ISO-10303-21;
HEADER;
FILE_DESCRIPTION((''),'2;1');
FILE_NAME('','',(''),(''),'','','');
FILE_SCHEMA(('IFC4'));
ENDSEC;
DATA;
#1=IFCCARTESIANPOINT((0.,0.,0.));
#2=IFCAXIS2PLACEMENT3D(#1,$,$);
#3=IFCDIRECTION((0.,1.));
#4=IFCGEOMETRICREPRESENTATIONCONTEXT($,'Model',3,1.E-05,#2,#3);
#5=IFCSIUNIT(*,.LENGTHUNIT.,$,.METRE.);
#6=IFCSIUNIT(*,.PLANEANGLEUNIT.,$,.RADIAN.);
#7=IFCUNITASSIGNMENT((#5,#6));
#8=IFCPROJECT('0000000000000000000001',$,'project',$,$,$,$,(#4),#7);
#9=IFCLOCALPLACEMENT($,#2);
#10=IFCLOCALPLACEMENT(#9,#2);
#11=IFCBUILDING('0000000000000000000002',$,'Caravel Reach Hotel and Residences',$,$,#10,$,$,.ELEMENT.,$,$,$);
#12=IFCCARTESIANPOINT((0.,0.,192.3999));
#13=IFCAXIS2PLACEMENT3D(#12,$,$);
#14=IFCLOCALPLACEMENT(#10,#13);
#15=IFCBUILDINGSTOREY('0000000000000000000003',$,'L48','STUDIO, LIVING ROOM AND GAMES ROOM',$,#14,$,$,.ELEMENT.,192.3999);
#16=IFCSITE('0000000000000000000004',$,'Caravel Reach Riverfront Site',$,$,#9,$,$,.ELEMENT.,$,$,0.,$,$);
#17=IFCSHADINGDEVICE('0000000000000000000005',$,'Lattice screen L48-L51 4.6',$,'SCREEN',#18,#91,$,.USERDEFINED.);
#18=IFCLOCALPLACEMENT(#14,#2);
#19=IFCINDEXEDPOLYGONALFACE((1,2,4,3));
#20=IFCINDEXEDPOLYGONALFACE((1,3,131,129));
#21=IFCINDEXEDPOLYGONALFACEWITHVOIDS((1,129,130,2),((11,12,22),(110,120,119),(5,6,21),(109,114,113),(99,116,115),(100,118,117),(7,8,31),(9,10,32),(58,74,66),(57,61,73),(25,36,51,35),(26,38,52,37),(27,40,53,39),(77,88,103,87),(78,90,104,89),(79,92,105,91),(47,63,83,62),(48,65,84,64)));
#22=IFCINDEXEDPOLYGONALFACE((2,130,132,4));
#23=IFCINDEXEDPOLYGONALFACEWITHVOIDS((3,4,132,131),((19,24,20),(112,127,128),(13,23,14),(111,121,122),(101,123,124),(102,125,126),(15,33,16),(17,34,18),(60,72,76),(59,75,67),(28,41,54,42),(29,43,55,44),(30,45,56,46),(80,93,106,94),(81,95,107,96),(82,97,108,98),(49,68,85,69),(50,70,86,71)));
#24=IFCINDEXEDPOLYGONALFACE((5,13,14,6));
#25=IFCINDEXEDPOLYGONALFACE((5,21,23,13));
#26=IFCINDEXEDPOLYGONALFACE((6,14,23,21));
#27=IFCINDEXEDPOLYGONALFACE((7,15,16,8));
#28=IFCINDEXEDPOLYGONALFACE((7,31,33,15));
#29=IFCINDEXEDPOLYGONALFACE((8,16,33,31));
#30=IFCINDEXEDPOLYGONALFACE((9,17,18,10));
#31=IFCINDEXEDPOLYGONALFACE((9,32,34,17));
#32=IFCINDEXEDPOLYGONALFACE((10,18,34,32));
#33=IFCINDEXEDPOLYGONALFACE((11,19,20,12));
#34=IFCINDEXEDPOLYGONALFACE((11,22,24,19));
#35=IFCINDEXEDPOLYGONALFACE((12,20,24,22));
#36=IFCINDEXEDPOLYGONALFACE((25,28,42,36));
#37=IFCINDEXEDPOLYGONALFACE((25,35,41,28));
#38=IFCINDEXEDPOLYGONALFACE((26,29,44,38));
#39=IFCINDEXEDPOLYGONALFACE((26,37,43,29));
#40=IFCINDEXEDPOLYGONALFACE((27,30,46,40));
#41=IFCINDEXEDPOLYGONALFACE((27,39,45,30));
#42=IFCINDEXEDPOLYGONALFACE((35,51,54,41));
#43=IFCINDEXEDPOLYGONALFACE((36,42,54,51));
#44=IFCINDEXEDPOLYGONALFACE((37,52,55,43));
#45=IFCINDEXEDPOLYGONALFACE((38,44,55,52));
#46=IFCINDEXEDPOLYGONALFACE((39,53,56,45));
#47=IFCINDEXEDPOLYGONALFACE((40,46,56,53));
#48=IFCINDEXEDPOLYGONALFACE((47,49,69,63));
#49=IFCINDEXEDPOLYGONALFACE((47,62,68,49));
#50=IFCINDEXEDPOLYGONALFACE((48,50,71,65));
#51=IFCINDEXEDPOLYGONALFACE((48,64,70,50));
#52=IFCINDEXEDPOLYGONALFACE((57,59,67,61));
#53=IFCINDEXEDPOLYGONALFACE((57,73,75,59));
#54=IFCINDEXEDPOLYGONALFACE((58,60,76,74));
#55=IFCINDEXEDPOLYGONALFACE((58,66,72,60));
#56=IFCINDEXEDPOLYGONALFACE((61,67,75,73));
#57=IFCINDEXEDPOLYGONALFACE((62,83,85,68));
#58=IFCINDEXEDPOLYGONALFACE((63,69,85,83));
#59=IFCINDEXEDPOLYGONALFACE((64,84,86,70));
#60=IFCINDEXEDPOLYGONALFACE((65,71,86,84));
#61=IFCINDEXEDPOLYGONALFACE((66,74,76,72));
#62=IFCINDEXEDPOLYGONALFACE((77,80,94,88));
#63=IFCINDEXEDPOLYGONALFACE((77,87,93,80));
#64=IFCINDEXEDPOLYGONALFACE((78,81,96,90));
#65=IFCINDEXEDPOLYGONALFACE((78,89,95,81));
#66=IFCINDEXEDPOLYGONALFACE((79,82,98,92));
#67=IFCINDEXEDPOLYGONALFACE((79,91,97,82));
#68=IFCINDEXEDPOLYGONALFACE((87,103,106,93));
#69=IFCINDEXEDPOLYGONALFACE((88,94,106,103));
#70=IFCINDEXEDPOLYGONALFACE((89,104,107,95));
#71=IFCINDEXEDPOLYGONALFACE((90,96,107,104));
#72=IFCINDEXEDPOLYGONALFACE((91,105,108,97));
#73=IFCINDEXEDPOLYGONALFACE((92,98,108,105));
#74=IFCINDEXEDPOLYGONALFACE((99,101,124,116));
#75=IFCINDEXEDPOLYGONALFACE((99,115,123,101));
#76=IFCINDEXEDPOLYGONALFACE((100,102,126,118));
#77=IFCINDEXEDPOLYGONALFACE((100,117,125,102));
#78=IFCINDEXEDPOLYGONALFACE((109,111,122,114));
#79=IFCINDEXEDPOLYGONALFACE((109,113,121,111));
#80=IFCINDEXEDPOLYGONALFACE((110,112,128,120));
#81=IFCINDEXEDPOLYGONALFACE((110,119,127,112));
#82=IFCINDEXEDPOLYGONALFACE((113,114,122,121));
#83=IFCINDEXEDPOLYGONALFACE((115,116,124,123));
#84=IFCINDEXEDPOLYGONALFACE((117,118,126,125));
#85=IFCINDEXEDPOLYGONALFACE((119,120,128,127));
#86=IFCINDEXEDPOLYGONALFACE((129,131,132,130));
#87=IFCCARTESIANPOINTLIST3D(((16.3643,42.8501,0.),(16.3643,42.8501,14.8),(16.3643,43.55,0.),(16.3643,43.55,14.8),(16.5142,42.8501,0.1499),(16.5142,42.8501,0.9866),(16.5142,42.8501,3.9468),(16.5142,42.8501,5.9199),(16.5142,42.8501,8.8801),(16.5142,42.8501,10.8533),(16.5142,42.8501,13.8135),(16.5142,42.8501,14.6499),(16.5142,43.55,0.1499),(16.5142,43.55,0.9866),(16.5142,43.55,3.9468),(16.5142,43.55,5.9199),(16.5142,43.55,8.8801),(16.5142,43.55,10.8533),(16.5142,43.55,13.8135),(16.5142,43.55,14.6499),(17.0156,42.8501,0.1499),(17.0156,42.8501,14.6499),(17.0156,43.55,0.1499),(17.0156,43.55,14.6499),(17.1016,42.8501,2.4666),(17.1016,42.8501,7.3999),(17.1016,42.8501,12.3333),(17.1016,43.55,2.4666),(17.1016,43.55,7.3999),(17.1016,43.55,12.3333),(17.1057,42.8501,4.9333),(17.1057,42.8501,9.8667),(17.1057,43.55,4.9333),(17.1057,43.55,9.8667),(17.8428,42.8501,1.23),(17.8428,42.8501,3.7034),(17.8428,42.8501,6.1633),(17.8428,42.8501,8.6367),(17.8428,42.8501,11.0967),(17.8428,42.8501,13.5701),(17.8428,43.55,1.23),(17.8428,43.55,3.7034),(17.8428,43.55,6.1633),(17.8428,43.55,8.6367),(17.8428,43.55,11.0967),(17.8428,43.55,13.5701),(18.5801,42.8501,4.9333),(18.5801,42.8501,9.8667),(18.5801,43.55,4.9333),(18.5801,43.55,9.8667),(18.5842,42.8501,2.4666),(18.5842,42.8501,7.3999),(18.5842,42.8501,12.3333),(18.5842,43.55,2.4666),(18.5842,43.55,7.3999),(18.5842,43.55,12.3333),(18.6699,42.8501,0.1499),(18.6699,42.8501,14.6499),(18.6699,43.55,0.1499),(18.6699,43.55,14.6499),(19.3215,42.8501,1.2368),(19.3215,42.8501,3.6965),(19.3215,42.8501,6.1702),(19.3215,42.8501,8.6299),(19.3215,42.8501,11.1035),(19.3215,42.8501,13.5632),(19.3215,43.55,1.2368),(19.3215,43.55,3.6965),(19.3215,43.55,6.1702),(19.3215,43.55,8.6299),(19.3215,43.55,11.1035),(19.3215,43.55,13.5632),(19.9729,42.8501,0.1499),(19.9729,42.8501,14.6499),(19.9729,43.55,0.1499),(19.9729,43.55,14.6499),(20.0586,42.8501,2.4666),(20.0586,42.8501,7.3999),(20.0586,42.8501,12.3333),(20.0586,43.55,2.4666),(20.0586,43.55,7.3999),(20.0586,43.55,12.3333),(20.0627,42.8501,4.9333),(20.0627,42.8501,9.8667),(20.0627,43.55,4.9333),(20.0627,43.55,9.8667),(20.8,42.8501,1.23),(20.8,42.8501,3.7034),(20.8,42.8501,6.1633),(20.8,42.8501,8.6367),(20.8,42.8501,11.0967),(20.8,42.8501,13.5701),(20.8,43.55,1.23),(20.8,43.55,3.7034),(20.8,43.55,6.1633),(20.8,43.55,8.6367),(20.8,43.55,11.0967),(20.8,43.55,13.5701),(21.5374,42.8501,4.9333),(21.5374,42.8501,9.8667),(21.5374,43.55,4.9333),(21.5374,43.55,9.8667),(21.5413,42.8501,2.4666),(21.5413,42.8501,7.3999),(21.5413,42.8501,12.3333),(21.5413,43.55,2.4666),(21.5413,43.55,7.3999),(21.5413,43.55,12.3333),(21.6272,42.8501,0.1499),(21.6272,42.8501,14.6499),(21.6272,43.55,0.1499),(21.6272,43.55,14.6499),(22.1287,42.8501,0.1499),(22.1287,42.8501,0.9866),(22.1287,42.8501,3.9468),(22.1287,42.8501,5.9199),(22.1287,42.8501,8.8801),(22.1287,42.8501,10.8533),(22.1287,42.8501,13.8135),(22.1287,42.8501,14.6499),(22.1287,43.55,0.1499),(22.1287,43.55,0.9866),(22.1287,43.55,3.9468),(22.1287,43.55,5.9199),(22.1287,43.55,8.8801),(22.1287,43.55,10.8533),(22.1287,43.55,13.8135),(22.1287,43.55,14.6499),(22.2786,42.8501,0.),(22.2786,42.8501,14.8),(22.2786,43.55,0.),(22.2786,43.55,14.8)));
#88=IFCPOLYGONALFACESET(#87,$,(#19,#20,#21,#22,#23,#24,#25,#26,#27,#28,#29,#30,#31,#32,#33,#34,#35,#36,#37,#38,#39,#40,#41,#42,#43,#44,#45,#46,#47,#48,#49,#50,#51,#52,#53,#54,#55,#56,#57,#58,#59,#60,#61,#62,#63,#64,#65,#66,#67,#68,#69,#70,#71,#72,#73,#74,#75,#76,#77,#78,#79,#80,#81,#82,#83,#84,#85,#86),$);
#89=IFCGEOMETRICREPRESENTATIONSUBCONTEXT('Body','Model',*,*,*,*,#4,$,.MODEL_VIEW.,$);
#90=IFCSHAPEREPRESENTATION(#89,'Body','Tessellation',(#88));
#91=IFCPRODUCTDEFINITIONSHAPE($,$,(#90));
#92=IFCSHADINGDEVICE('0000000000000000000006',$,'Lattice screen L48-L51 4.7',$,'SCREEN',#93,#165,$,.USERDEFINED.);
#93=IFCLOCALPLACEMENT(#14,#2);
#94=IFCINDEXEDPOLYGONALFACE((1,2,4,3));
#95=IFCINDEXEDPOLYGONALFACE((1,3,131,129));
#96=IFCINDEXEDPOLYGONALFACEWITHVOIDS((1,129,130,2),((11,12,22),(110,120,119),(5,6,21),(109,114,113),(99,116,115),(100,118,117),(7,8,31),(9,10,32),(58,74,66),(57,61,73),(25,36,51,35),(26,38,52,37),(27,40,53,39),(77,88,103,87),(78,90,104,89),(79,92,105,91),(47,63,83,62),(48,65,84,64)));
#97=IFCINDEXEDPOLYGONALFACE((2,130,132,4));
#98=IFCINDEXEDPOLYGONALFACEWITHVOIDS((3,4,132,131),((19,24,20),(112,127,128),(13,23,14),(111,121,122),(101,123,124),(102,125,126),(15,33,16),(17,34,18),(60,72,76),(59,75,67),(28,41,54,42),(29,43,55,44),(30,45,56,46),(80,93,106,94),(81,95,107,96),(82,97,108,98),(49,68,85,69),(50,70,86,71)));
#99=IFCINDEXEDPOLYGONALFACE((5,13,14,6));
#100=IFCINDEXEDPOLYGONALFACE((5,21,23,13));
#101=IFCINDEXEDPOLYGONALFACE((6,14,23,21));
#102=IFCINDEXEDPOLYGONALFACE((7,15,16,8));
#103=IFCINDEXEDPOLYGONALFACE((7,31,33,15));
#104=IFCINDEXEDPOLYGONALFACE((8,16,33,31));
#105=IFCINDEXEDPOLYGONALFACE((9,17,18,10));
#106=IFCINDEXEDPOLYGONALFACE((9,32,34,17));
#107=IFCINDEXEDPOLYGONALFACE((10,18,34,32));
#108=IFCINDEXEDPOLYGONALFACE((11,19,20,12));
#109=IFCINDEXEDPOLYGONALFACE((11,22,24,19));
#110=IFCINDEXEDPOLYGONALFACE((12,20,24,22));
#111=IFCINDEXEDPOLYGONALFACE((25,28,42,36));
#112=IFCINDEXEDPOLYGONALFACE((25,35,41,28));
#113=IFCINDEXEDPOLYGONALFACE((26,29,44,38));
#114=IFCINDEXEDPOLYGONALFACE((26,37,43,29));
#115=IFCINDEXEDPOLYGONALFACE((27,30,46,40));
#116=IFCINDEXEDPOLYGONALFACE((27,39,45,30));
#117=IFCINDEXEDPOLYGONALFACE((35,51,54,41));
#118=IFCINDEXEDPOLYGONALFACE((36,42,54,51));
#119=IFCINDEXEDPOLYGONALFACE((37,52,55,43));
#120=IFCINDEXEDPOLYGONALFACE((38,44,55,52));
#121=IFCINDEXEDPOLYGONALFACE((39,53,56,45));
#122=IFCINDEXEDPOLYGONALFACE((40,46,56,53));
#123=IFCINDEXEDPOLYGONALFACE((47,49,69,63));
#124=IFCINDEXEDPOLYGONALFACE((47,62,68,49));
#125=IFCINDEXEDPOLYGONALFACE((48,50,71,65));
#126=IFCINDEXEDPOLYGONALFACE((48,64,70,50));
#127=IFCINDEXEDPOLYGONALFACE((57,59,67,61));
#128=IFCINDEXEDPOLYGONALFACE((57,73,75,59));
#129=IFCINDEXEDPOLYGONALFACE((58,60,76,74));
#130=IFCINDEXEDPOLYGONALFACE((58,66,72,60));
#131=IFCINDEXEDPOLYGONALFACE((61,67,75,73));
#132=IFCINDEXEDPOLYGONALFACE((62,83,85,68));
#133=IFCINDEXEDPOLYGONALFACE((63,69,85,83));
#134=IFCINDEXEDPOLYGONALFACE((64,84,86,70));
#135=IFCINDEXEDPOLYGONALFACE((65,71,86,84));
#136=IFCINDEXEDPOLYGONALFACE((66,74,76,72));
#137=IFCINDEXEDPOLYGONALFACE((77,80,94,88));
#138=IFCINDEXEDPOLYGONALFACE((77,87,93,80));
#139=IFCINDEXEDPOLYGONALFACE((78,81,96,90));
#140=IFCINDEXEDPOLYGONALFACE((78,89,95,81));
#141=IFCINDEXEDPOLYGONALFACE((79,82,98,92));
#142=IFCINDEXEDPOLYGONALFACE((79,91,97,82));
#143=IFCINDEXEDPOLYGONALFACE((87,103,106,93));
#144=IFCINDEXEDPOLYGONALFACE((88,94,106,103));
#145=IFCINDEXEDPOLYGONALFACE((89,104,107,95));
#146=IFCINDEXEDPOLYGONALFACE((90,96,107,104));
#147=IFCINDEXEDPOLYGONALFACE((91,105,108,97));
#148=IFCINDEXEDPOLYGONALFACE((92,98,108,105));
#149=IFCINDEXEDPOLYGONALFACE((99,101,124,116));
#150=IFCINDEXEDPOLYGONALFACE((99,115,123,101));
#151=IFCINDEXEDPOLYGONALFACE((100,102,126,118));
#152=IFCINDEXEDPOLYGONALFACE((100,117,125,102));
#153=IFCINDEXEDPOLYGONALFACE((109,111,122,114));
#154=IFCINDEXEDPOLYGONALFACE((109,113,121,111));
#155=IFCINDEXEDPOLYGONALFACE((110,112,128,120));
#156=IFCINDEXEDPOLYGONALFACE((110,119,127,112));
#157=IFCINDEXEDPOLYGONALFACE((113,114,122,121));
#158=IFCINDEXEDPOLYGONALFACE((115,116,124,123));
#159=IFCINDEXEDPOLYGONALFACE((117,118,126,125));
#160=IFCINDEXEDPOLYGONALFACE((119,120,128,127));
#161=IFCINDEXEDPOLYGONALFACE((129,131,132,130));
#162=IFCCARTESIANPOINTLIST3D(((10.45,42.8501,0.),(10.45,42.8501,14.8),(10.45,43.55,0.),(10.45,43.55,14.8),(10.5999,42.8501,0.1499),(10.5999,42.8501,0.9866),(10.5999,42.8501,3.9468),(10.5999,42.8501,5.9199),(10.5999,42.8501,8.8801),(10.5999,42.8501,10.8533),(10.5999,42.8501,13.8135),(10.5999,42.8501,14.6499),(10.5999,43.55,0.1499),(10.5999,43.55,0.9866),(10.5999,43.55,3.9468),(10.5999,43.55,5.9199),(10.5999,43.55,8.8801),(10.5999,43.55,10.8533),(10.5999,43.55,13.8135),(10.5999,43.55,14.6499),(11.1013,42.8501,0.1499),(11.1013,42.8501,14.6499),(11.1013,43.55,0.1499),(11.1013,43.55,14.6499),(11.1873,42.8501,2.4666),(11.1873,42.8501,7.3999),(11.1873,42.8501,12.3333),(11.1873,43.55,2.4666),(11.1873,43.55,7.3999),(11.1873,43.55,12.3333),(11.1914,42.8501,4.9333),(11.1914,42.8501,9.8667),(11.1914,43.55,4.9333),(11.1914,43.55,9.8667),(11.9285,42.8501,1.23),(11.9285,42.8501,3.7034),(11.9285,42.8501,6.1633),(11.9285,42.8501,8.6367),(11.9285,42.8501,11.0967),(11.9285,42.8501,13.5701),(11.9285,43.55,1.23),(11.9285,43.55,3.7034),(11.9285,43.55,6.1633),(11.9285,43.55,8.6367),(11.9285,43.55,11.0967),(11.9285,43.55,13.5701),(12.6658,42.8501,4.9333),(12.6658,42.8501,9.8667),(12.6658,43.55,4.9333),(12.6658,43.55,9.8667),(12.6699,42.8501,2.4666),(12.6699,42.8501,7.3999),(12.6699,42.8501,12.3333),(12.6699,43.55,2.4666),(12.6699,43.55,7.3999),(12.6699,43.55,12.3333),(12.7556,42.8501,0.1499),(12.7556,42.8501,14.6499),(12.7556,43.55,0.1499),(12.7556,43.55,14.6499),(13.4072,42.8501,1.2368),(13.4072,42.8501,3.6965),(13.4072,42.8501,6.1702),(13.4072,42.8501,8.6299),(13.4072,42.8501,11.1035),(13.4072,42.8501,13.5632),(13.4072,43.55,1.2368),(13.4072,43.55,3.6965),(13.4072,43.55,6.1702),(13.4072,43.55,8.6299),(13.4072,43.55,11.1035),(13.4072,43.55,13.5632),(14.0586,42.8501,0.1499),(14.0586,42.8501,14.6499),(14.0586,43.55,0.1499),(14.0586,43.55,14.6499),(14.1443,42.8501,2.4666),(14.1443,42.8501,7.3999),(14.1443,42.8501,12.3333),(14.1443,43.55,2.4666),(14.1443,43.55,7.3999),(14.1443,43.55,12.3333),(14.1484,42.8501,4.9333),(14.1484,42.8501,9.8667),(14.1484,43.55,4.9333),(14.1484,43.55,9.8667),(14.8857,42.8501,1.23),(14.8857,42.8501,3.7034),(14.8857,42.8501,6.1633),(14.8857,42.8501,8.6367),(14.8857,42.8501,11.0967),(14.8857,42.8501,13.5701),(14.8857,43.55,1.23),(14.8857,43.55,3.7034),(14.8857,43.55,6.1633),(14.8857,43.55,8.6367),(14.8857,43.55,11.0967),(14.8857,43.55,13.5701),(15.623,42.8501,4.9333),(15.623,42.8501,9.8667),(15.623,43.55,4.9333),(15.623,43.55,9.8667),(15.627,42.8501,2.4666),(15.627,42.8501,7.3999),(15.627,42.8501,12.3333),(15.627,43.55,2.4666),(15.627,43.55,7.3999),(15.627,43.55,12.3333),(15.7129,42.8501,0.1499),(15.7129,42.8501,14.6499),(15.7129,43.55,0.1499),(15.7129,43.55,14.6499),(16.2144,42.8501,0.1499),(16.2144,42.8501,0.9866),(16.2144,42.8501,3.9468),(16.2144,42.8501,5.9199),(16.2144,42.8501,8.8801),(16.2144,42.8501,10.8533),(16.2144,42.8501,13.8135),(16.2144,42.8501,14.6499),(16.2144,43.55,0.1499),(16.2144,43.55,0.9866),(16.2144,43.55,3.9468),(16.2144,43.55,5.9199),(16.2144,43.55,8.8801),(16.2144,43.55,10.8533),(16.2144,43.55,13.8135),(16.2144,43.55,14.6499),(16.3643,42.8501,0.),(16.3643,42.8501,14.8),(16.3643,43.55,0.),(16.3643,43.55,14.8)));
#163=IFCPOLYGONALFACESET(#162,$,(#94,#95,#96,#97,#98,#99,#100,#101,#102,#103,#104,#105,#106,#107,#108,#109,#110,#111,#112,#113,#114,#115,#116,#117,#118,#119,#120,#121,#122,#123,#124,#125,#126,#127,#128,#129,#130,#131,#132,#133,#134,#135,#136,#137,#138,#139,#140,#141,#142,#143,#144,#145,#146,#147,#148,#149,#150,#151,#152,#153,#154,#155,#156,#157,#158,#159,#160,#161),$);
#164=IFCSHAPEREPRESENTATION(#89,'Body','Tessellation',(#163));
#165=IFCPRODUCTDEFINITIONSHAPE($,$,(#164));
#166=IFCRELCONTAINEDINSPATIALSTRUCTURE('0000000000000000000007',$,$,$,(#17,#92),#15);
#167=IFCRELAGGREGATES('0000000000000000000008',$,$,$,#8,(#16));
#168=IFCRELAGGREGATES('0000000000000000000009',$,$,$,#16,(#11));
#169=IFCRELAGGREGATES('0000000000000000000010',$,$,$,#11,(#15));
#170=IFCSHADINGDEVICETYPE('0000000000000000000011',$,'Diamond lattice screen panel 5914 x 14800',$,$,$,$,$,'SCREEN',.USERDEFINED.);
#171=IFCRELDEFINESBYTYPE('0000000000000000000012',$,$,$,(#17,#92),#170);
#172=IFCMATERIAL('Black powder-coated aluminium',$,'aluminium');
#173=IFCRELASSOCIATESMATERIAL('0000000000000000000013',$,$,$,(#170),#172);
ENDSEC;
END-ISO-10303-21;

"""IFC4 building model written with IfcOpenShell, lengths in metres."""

from ifc_helpers import new_model, si_unit, direction, frame, origin, place, context, subcontext, project, spatial, polyline, outline, extrude, material, type_object, element, save


model = new_model("IFC4")

# Units and contexts
model_context = context("Model", 3, precision=1e-05, world=origin(), true_north=direction((0.0, 1.0)))
body_context = subcontext(model_context, "Body", "Model", "MODEL_VIEW")
ifc_project = project(units=[si_unit("LENGTHUNIT", "METRE"), si_unit("PLANEANGLEUNIT", "RADIAN")], contexts=[model_context])

# Site, building, storey
site_placement = place(None, origin())
site = spatial("IfcSite", under=ifc_project, at=site_placement, Name="Caravel Reach Riverfront Site", CompositionType="ELEMENT", RefElevation=0.0)
building_placement = place(site_placement, origin())
building = spatial("IfcBuilding", under=site, at=building_placement, Name="Caravel Reach Hotel and Residences", CompositionType="ELEMENT")
storey_placement = place(building_placement, frame((0.0, 0.0, 192.3999)))
storey = spatial("IfcBuildingStorey", under=building, at=storey_placement, Name="L48", Description="STUDIO, LIVING ROOM AND GAMES ROOM", CompositionType="ELEMENT", Elevation=192.3999)

# Shading devices
ifc_material_1 = material(Name="Black powder-coated aluminium", Category="aluminium")
shading_device_type_1 = type_object("IfcShadingDeviceType", Name="Diamond lattice screen panel 5914 x 14800", ElementType="SCREEN", PredefinedType="USERDEFINED", material=ifc_material_1)
shading_device_1_placement = place(storey_placement, frame((22.2786, 42.8501, 0.0), z_axis=(0.0, 1.0, 0.0), x_axis=(-1.0, 0.0, 0.0)))
element("IfcShadingDevice", 1, at=shading_device_1_placement, inside=storey, type_object=shading_device_type_1, Name="Lattice screen L48-L51 4.6", ObjectType="SCREEN", PredefinedType="USERDEFINED", context=body_context, shape_type="SweptSolid", body=[
    extrude(outline(polyline([(0.0, 0.0), (5.9143, 0.0), (5.9143, 14.8), (0.0, 14.8), (0.0, 0.0)]), holes=[polyline([(0.6514, 0.1499), (0.1499, 0.9866), (0.1499, 0.1499), (0.6514, 0.1499)]), polyline([(0.7412, 4.9333), (0.1499, 5.9199), (0.1499, 3.9468), (0.7412, 4.9333)]), polyline([(0.7412, 9.8667), (0.1499, 10.8533), (0.1499, 8.8801), (0.7412, 9.8667)]), polyline([(0.1499, 13.8135), (0.6514, 14.6499), (0.1499, 14.6499), (0.1499, 13.8135)]), polyline([(1.4785, 3.7034), (0.7373, 2.4666), (1.4785, 1.23), (2.22, 2.4666), (1.4785, 3.7034)]), polyline([(1.4785, 8.6367), (0.7373, 7.3999), (1.4785, 6.1633), (2.22, 7.3999), (1.4785, 8.6367)]), polyline([(1.4785, 13.5701), (0.7373, 12.3333), (1.4785, 11.0967), (2.22, 12.3333), (1.4785, 13.5701)]), polyline([(2.957, 1.2368), (2.3057, 0.1499), (3.6086, 0.1499), (2.957, 1.2368)]), polyline([(2.957, 6.1702), (2.2158, 4.9333), (2.957, 3.6965), (3.6985, 4.9333), (2.957, 6.1702)]), polyline([(2.957, 11.1035), (2.2158, 9.8667), (2.957, 8.6299), (3.6985, 9.8667), (2.957, 11.1035)]), polyline([(2.957, 13.5632), (3.6086, 14.6499), (2.3057, 14.6499), (2.957, 13.5632)]), polyline([(4.4358, 3.7034), (3.6943, 2.4666), (4.4358, 1.23), (5.177, 2.4666), (4.4358, 3.7034)]), polyline([(4.4358, 8.6367), (3.6943, 7.3999), (4.4358, 6.1633), (5.177, 7.3999), (4.4358, 8.6367)]), polyline([(4.4358, 13.5701), (3.6943, 12.3333), (4.4358, 11.0967), (5.177, 12.3333), (4.4358, 13.5701)]), polyline([(5.7644, 0.9866), (5.2629, 0.1499), (5.7644, 0.1499), (5.7644, 0.9866)]), polyline([(5.1729, 4.9333), (5.7644, 3.9468), (5.7644, 5.9199), (5.1729, 4.9333)]), polyline([(5.1729, 9.8667), (5.7644, 8.8801), (5.7644, 10.8533), (5.1729, 9.8667)]), polyline([(5.2629, 14.6499), (5.7644, 13.8135), (5.7644, 14.6499), (5.2629, 14.6499)])]), origin(), (0.0, 0.0, 1.0), 0.7),
])
shading_device_2_placement = place(storey_placement, frame((16.3643, 42.8501, 0.0), z_axis=(0.0, 1.0, 0.0), x_axis=(-1.0, 0.0, 0.0)))
element("IfcShadingDevice", 2, at=shading_device_2_placement, inside=storey, type_object=shading_device_type_1, Name="Lattice screen L48-L51 4.7", ObjectType="SCREEN", PredefinedType="USERDEFINED", context=body_context, shape_type="SweptSolid", body=[
    extrude(outline(polyline([(0.0, 0.0), (5.9143, 0.0), (5.9143, 14.8), (0.0, 14.8), (0.0, 0.0)]), holes=[polyline([(0.6514, 0.1499), (0.1499, 0.9866), (0.1499, 0.1499), (0.6514, 0.1499)]), polyline([(0.7412, 4.9333), (0.1499, 5.9199), (0.1499, 3.9468), (0.7412, 4.9333)]), polyline([(0.7412, 9.8667), (0.1499, 10.8533), (0.1499, 8.8801), (0.7412, 9.8667)]), polyline([(0.1499, 13.8135), (0.6514, 14.6499), (0.1499, 14.6499), (0.1499, 13.8135)]), polyline([(1.4785, 3.7034), (0.7373, 2.4666), (1.4785, 1.23), (2.22, 2.4666), (1.4785, 3.7034)]), polyline([(1.4785, 8.6367), (0.7373, 7.3999), (1.4785, 6.1633), (2.22, 7.3999), (1.4785, 8.6367)]), polyline([(1.4785, 13.5701), (0.7373, 12.3333), (1.4785, 11.0967), (2.22, 12.3333), (1.4785, 13.5701)]), polyline([(2.957, 1.2368), (2.3057, 0.1499), (3.6086, 0.1499), (2.957, 1.2368)]), polyline([(2.957, 6.1702), (2.2158, 4.9333), (2.957, 3.6965), (3.6985, 4.9333), (2.957, 6.1702)]), polyline([(2.957, 11.1035), (2.2158, 9.8667), (2.957, 8.6299), (3.6985, 9.8667), (2.957, 11.1035)]), polyline([(2.957, 13.5632), (3.6086, 14.6499), (2.3057, 14.6499), (2.957, 13.5632)]), polyline([(4.4358, 3.7034), (3.6943, 2.4666), (4.4358, 1.23), (5.177, 2.4666), (4.4358, 3.7034)]), polyline([(4.4358, 8.6367), (3.6943, 7.3999), (4.4358, 6.1633), (5.177, 7.3999), (4.4358, 8.6367)]), polyline([(4.4358, 13.5701), (3.6943, 12.3333), (4.4358, 11.0967), (5.177, 12.3333), (4.4358, 13.5701)]), polyline([(5.7644, 0.9866), (5.2629, 0.1499), (5.7644, 0.1499), (5.7644, 0.9866)]), polyline([(5.1729, 4.9333), (5.7644, 3.9468), (5.7644, 5.9199), (5.1729, 4.9333)]), polyline([(5.1729, 9.8667), (5.7644, 8.8801), (5.7644, 10.8533), (5.1729, 9.8667)]), polyline([(5.2629, 14.6499), (5.7644, 13.8135), (5.7644, 14.6499), (5.2629, 14.6499)])]), origin(), (0.0, 0.0, 1.0), 0.7),
])

save(model, "model.ifc")
